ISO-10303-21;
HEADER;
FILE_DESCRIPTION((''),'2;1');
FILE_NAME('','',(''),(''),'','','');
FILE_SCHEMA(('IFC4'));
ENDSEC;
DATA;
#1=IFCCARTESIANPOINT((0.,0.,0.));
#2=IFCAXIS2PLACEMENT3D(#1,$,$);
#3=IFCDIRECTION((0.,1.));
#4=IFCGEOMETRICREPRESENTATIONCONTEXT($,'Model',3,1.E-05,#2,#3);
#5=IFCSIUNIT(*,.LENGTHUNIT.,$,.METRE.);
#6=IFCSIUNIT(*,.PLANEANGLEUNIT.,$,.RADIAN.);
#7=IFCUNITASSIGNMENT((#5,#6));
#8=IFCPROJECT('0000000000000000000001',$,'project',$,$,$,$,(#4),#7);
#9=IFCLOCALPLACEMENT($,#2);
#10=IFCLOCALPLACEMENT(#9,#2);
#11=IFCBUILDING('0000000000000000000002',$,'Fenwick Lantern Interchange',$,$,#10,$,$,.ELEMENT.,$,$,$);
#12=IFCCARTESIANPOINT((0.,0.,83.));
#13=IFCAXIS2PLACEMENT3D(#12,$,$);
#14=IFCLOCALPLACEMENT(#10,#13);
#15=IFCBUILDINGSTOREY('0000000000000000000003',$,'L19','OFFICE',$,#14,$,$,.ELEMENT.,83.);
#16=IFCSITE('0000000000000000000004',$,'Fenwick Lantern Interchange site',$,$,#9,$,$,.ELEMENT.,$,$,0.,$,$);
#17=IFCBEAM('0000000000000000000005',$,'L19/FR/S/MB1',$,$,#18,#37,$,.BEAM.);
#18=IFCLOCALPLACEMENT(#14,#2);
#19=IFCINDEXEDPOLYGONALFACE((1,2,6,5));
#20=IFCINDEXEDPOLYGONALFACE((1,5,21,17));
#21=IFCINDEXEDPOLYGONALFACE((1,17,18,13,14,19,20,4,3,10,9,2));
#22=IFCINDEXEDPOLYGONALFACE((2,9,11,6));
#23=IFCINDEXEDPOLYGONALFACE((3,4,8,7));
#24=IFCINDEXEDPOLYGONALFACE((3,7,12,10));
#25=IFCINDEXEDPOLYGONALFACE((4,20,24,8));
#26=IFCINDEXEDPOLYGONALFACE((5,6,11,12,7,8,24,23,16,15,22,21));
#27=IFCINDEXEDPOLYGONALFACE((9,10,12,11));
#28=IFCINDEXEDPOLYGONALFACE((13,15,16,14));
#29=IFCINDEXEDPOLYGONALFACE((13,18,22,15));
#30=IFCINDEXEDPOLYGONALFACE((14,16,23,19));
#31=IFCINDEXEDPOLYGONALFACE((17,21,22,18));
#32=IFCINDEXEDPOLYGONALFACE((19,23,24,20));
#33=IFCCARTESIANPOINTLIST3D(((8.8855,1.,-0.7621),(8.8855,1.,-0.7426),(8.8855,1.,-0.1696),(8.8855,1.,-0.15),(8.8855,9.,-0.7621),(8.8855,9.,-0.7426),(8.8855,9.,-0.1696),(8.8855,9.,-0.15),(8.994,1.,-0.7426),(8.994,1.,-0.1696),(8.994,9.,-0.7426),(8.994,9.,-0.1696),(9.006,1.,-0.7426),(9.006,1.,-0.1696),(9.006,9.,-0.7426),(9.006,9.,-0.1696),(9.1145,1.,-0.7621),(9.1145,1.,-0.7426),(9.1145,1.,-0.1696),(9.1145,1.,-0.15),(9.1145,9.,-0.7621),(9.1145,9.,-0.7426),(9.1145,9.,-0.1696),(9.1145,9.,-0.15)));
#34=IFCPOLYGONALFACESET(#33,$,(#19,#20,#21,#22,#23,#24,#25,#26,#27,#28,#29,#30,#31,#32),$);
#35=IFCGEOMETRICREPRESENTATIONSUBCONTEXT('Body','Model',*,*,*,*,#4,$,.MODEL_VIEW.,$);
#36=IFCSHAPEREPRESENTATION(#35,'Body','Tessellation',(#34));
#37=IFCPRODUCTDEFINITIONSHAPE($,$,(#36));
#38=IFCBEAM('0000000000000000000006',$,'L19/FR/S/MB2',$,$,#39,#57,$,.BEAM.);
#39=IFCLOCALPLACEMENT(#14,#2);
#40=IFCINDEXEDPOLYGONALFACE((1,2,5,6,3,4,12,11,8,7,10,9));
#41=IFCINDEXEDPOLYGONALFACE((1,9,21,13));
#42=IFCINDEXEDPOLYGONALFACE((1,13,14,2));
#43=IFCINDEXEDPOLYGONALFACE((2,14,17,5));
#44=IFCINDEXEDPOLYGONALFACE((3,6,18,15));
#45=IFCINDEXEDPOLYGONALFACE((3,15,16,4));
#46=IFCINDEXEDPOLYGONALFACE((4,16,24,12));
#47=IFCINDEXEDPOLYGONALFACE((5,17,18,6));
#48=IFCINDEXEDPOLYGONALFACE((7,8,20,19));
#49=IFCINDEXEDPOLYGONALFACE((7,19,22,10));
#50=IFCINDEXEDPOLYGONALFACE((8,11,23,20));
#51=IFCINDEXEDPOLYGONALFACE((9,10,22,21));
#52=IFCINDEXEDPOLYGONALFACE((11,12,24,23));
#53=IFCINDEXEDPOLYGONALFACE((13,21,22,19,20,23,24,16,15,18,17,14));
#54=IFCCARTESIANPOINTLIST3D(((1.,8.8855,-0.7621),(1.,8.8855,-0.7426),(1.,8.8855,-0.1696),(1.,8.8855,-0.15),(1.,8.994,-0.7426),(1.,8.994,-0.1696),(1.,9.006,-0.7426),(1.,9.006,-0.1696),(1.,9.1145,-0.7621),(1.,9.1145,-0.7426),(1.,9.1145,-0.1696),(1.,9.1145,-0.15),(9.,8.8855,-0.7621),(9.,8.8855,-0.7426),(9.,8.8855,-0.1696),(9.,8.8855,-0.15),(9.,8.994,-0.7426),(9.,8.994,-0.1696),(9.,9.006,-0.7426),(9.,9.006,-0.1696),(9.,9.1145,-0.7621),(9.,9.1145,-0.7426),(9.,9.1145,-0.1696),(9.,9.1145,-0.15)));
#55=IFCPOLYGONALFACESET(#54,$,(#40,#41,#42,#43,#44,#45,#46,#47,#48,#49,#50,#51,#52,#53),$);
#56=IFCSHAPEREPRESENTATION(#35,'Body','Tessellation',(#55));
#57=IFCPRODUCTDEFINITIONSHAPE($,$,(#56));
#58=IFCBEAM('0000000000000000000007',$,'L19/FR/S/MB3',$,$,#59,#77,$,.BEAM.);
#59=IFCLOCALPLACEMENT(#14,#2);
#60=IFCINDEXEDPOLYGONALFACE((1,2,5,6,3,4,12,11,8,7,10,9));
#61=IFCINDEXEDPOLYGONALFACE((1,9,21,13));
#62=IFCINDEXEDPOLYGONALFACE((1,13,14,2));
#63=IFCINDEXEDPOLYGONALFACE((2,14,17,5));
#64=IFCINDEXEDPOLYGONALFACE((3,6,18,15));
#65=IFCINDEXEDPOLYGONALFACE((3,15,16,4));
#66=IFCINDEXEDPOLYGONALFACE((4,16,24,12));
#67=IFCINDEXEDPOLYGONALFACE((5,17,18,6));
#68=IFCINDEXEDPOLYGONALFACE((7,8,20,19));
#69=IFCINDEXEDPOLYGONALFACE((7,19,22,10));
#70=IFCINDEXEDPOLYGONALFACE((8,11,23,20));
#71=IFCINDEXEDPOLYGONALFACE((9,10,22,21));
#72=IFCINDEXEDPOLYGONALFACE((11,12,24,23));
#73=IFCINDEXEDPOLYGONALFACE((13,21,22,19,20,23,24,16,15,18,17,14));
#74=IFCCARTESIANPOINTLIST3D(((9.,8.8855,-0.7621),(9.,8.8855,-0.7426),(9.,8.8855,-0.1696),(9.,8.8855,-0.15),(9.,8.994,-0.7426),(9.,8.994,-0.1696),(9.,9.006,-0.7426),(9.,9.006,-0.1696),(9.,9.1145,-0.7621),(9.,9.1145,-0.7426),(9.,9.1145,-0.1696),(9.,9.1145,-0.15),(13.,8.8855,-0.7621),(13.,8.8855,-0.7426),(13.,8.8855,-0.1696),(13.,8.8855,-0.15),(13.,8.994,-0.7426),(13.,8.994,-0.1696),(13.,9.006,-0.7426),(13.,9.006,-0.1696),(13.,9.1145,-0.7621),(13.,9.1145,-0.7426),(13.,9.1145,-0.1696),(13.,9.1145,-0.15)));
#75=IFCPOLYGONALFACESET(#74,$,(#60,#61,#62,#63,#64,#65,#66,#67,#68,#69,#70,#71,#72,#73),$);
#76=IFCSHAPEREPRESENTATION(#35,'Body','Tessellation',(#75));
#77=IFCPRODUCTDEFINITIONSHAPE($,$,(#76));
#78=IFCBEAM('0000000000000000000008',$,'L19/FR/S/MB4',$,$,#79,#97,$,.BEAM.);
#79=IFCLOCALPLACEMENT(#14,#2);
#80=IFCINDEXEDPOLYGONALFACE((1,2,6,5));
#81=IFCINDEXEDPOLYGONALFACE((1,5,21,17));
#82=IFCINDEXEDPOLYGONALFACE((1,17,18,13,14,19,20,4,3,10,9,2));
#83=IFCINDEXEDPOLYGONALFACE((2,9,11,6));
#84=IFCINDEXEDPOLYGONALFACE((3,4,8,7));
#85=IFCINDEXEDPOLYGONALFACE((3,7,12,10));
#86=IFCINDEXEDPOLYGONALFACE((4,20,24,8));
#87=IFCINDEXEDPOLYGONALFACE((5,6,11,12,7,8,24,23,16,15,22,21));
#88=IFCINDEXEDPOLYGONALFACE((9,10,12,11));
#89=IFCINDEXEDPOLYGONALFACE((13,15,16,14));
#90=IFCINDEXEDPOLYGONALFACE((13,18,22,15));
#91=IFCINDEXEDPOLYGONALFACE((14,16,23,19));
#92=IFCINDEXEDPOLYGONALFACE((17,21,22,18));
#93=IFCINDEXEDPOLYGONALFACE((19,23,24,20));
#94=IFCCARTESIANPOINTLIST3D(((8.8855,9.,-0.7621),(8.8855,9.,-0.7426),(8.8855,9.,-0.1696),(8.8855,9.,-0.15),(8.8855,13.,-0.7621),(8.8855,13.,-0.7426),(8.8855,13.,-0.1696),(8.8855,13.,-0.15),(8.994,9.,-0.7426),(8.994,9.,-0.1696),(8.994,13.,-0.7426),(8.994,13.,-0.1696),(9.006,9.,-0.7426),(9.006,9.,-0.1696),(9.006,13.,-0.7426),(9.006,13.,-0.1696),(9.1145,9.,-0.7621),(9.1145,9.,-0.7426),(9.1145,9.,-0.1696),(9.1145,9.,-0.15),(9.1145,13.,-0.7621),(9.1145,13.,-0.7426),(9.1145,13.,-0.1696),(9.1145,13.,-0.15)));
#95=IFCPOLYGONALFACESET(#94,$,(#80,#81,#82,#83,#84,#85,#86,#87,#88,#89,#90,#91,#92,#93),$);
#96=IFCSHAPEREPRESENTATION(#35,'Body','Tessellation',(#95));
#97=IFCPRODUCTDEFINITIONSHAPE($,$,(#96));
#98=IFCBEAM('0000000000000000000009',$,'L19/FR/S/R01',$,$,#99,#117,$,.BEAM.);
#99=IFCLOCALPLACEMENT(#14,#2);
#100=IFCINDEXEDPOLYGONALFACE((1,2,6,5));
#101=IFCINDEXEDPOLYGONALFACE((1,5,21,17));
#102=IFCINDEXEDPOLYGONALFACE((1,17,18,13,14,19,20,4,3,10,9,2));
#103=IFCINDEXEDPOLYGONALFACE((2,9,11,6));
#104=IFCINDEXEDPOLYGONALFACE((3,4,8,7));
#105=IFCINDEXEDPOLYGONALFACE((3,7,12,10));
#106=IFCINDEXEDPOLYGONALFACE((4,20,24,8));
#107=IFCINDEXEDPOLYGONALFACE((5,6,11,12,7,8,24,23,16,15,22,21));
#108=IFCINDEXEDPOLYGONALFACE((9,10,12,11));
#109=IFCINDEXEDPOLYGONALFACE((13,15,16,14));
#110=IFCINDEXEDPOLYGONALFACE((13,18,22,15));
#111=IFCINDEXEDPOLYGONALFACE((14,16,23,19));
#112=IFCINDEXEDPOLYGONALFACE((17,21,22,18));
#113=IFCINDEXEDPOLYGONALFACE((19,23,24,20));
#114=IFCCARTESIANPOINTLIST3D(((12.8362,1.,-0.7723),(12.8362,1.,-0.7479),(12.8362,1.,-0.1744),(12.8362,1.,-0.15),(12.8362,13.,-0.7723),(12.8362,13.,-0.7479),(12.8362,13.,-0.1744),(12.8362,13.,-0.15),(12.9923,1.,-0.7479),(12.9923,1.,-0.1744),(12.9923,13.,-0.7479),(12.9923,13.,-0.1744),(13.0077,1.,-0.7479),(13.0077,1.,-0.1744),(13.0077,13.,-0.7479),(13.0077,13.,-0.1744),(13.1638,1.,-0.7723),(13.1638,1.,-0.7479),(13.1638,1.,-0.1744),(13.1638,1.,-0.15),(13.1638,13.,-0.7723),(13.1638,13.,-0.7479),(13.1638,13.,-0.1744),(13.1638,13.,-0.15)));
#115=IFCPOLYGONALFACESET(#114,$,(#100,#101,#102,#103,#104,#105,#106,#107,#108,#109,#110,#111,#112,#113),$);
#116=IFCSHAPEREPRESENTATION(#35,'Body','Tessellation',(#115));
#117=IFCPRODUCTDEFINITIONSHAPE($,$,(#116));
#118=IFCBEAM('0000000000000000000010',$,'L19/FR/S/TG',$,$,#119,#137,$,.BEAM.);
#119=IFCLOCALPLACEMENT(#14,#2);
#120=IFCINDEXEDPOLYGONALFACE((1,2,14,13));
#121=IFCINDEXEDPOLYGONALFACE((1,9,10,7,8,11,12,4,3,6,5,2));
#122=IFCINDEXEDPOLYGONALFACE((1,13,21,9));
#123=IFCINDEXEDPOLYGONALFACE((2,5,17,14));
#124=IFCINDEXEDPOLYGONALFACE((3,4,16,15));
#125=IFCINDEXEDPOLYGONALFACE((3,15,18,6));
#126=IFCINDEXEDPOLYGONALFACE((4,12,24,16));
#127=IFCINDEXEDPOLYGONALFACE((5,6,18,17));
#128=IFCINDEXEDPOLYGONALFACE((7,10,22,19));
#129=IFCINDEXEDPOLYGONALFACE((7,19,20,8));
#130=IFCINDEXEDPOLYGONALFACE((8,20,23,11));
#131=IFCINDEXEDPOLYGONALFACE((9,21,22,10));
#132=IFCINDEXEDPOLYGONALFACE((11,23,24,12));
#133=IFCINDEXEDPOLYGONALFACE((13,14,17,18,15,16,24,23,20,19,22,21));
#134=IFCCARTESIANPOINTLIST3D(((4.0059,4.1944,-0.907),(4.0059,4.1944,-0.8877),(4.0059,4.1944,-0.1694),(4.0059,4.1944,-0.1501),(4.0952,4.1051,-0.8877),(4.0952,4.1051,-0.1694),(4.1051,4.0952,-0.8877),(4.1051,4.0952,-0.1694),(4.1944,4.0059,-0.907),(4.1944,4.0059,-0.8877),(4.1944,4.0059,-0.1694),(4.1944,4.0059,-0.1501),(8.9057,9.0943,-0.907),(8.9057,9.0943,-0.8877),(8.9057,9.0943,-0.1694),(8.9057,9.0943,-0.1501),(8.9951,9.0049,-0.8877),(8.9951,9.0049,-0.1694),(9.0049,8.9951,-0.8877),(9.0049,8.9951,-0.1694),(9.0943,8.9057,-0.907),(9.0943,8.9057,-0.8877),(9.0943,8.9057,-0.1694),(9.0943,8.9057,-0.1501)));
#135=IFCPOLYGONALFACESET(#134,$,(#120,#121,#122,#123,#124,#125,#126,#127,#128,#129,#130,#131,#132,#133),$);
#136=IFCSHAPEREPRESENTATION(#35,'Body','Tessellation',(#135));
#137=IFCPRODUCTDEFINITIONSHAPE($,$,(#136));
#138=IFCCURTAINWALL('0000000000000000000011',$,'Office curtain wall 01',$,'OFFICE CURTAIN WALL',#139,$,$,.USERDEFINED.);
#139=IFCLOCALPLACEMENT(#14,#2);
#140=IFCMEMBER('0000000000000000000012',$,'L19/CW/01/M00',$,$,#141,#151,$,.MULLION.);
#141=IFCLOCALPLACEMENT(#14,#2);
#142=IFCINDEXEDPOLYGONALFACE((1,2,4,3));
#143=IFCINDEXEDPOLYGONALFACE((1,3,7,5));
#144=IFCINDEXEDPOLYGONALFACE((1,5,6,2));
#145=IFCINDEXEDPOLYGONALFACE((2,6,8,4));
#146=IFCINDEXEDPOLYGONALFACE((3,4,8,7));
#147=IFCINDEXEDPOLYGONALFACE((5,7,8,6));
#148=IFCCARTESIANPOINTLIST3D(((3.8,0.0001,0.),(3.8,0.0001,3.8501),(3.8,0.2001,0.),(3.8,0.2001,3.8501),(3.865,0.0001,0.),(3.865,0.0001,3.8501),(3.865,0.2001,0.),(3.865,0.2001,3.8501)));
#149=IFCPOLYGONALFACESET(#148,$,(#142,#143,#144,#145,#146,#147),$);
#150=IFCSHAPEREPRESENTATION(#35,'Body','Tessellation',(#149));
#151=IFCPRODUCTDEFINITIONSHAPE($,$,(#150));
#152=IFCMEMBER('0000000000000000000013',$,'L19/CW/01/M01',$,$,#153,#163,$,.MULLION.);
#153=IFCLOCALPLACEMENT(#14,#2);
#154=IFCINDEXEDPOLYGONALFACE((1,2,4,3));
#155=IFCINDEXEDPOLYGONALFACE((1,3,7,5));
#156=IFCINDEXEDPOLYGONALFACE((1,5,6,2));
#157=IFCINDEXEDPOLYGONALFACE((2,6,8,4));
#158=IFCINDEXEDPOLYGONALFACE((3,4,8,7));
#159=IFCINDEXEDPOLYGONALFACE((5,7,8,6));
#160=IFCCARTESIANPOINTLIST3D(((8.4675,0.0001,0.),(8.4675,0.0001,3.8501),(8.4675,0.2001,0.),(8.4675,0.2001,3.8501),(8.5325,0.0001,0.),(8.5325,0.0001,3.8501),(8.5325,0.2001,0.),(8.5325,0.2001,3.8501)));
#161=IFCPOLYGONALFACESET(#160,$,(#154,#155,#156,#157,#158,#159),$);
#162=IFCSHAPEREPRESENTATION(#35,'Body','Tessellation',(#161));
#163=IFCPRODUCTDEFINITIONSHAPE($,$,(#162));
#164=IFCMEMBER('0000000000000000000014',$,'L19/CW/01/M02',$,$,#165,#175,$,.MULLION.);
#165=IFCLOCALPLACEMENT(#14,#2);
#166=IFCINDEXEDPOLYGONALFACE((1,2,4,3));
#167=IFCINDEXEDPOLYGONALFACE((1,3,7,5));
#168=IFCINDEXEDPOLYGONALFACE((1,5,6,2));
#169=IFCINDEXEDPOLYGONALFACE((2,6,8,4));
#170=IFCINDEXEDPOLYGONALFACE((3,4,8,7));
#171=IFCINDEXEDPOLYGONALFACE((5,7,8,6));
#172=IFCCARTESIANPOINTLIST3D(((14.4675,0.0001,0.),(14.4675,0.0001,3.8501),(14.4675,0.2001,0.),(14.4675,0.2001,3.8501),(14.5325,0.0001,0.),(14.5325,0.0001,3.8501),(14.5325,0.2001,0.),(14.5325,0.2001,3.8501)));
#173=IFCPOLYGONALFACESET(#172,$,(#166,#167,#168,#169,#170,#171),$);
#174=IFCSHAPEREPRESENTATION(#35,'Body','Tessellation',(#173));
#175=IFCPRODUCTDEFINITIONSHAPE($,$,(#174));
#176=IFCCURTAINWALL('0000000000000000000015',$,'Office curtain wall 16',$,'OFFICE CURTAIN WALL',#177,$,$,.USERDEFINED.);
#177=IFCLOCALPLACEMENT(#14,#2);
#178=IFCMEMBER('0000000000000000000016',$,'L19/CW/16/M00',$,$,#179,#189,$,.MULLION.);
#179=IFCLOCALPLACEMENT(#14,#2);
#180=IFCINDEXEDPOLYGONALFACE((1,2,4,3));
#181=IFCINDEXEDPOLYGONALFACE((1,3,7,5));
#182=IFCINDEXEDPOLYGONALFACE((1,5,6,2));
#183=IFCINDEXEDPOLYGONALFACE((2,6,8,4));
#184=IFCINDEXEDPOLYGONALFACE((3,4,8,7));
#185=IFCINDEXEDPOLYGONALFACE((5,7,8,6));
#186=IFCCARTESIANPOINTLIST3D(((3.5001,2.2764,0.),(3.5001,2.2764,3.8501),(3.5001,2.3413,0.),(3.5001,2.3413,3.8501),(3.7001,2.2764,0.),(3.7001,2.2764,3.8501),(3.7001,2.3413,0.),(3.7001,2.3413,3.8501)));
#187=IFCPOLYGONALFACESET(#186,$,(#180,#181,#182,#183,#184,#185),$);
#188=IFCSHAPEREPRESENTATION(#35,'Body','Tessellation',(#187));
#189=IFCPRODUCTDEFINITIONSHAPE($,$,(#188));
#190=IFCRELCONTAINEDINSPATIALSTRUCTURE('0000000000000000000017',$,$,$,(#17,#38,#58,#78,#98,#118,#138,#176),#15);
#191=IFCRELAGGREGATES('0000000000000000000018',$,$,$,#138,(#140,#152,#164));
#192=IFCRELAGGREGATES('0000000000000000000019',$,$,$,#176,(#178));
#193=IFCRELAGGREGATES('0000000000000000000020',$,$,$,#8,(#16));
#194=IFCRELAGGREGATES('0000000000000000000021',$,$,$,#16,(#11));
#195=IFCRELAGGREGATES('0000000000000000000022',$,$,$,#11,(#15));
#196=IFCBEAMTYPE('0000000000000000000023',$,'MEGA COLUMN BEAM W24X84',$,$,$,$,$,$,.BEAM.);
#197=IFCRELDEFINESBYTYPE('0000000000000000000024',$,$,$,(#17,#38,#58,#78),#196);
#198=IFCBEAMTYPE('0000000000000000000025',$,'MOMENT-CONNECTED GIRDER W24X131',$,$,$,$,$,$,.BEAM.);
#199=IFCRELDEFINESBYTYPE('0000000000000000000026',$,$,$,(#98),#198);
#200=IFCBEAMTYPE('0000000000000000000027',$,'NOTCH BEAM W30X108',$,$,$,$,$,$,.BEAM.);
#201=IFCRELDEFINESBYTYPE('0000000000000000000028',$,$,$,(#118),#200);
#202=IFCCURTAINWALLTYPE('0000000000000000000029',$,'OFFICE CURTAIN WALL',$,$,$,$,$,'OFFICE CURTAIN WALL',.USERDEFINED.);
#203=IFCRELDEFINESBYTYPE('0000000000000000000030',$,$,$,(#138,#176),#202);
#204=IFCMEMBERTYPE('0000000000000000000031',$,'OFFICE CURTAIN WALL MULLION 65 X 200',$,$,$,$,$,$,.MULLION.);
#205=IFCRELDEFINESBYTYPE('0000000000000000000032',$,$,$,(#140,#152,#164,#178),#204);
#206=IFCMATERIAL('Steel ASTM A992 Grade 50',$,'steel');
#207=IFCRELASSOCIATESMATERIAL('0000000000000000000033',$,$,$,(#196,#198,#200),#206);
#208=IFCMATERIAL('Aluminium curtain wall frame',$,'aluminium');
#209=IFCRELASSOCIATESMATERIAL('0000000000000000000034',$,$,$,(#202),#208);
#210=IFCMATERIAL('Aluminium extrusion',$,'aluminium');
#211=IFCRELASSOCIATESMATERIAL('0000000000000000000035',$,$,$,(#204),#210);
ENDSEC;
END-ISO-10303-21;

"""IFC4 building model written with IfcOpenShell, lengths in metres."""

from ifc_helpers import new_model, si_unit, direction, frame, origin, origin_2d, place, context, subcontext, project, spatial, rectangle, i_section, extrude, material, material_profile, profile_set, type_object, element, aggregate, save


model = new_model("IFC4")

# Units and contexts
model_context = context("Model", 3, precision=1e-05, world=origin(), true_north=direction((0.0, 1.0)))
body_context = subcontext(model_context, "Body", "Model", "MODEL_VIEW")
ifc_project = project(units=[si_unit("LENGTHUNIT", "METRE"), si_unit("PLANEANGLEUNIT", "RADIAN")], contexts=[model_context])

# Site, building, storey
site_placement = place(None, origin())
site = spatial("IfcSite", under=ifc_project, at=site_placement, Name="Fenwick Lantern Interchange site", CompositionType="ELEMENT", RefElevation=0.0)
building_placement = place(site_placement, origin())
building = spatial("IfcBuilding", under=site, at=building_placement, Name="Fenwick Lantern Interchange", CompositionType="ELEMENT")
storey_placement = place(building_placement, frame((0.0, 0.0, 83.0)))
storey = spatial("IfcBuildingStorey", under=building, at=storey_placement, Name="L19", Description="OFFICE", CompositionType="ELEMENT", Elevation=83.0)

# Beams
ifc_material_1 = material(Name="Steel ASTM A992 Grade 50", Category="steel")
ifc_material_profile_1 = material_profile(ifc_material_1, i_section(OverallWidth=0.229, OverallDepth=0.6121, WebThickness=0.012, FlangeThickness=0.0195, at=origin_2d()), Name="W24X84")
ifc_profile_set_1 = profile_set([ifc_material_profile_1], Name="Steel ASTM A992 Grade 50")
beam_type_1 = type_object("IfcBeamType", Name="MEGA COLUMN BEAM W24X84", PredefinedType="BEAM", material=ifc_profile_set_1)
for number, where, z_axis, x_axis, name in (
    (1, (9.0, 9.0, -0.4561), (0.0, -1.0, 0.0), (1.0, 0.0, 0.0), "L19/FR/S/MB1"),
    (2, (9.0, 9.0, -0.4561), (-1.0, 0.0, 0.0), (0.0, -1.0, 0.0), "L19/FR/S/MB2"),
):
    element("IfcBeam", number, at=place(storey_placement, frame(where, z_axis=z_axis, x_axis=x_axis)), inside=storey, type_object=beam_type_1, Name=name, PredefinedType="BEAM", context=body_context, shape_type="SweptSolid", body=[
        extrude(i_section(OverallWidth=0.229, OverallDepth=0.6121, WebThickness=0.012, FlangeThickness=0.0195, at=origin_2d()), origin(), (0.0, 0.0, 1.0), 8.0),
    ])
for number, where, z_axis, x_axis, name in (
    (3, (9.0, 9.0, -0.4561), (1.0, 0.0, 0.0), (0.0, 1.0, 0.0), "L19/FR/S/MB3"),
    (4, (9.0, 9.0, -0.4561), (0.0, 1.0, 0.0), (-1.0, 0.0, 0.0), "L19/FR/S/MB4"),
):
    element("IfcBeam", number, at=place(storey_placement, frame(where, z_axis=z_axis, x_axis=x_axis)), inside=storey, type_object=beam_type_1, Name=name, PredefinedType="BEAM", context=body_context, shape_type="SweptSolid", body=[
        extrude(i_section(OverallWidth=0.229, OverallDepth=0.6121, WebThickness=0.012, FlangeThickness=0.0195, at=origin_2d()), origin(), (0.0, 0.0, 1.0), 4.0),
    ])
ifc_material_profile_2 = material_profile(ifc_material_1, i_section(OverallWidth=0.3276, OverallDepth=0.6223, WebThickness=0.0154, FlangeThickness=0.0244, at=origin_2d()), Name="W24X131")
ifc_profile_set_2 = profile_set([ifc_material_profile_2], Name="Steel ASTM A992 Grade 50")
beam_type_2 = type_object("IfcBeamType", Name="MOMENT-CONNECTED GIRDER W24X131", PredefinedType="BEAM", material=ifc_profile_set_2)
beam_1_placement = place(storey_placement, frame((13.0, 1.0, -0.4612), z_axis=(0.0, 1.0, 0.0), x_axis=(-1.0, 0.0, 0.0)))
element("IfcBeam", 5, at=beam_1_placement, inside=storey, type_object=beam_type_2, Name="L19/FR/S/R01", PredefinedType="BEAM", context=body_context, shape_type="SweptSolid", body=[
    extrude(i_section(OverallWidth=0.3276, OverallDepth=0.6223, WebThickness=0.0154, FlangeThickness=0.0244, at=origin_2d()), origin(), (0.0, 0.0, 1.0), 12.0),
])
ifc_material_profile_3 = material_profile(ifc_material_1, i_section(OverallWidth=0.2666, OverallDepth=0.7568, WebThickness=0.0139, FlangeThickness=0.0193, at=origin_2d()), Name="W30X108")
ifc_profile_set_3 = profile_set([ifc_material_profile_3], Name="Steel ASTM A992 Grade 50")
beam_type_3 = type_object("IfcBeamType", Name="NOTCH BEAM W30X108", PredefinedType="BEAM", material=ifc_profile_set_3)
beam_2_placement = place(storey_placement, frame((9.0, 9.0, -0.5286), z_axis=(-0.707107, -0.707107, 0.0), x_axis=(0.707107, -0.707107, 0.0)))
element("IfcBeam", 6, at=beam_2_placement, inside=storey, type_object=beam_type_3, Name="L19/FR/S/TG", PredefinedType="BEAM", context=body_context, shape_type="SweptSolid", body=[
    extrude(i_section(OverallWidth=0.2666, OverallDepth=0.7568, WebThickness=0.0139, FlangeThickness=0.0193, at=origin_2d()), origin(), (0.0, 0.0, 1.0), 6.9294),
])

# Curtain walls, members
ifc_material_2 = material(Name="Aluminium curtain wall frame", Category="aluminium")
curtain_wall_type = type_object("IfcCurtainWallType", Name="OFFICE CURTAIN WALL", ElementType="OFFICE CURTAIN WALL", PredefinedType="USERDEFINED", material=ifc_material_2)
curtain_wall_1_placement = place(storey_placement, origin())
curtain_wall_1 = element("IfcCurtainWall", 7, at=curtain_wall_1_placement, inside=storey, type_object=curtain_wall_type, Name="Office curtain wall 01", ObjectType="OFFICE CURTAIN WALL", PredefinedType="USERDEFINED")
ifc_material_3 = material(Name="Aluminium extrusion", Category="aluminium")
ifc_material_profile_4 = material_profile(ifc_material_3, rectangle(XDim=0.2, YDim=0.0649, at=origin_2d()), Name="OFFICE CURTAIN WALL MULLION 65 X 200")
ifc_profile_set_4 = profile_set([ifc_material_profile_4], Name="Aluminium extrusion")
member_type_1 = type_object("IfcMemberType", Name="OFFICE CURTAIN WALL MULLION 65 X 200", PredefinedType="MULLION", material=ifc_profile_set_4)
member_1_placement = place(storey_placement, frame((3.8325, 0.1001, 0.0), z_axis=(0.0, 0.0, 1.0), x_axis=(0.0, 1.0, 0.0)))
member_1 = element("IfcMember", 8, at=member_1_placement, type_object=member_type_1, Name="L19/CW/01/M00", PredefinedType="MULLION", context=body_context, shape_type="SweptSolid", body=[
    extrude(rectangle(XDim=0.2, YDim=0.0649, at=origin_2d()), origin(), (0.0, 0.0, 1.0), 3.8501),
])
member_2_placement = place(storey_placement, frame((8.5, 0.1001, 0.0), z_axis=(0.0, 0.0, 1.0), x_axis=(0.0, 1.0, 0.0)))
member_2 = element("IfcMember", 9, at=member_2_placement, type_object=member_type_1, Name="L19/CW/01/M01", PredefinedType="MULLION", context=body_context, shape_type="SweptSolid", body=[
    extrude(rectangle(XDim=0.2, YDim=0.0649, at=origin_2d()), origin(), (0.0, 0.0, 1.0), 3.8501),
])
member_3_placement = place(storey_placement, frame((14.5, 0.1001, 0.0), z_axis=(0.0, 0.0, 1.0), x_axis=(0.0, 1.0, 0.0)))
member_3 = element("IfcMember", 10, at=member_3_placement, type_object=member_type_1, Name="L19/CW/01/M02", PredefinedType="MULLION", context=body_context, shape_type="SweptSolid", body=[
    extrude(rectangle(XDim=0.2, YDim=0.0649, at=origin_2d()), origin(), (0.0, 0.0, 1.0), 3.8501),
])
curtain_wall_2_placement = place(storey_placement, origin())
curtain_wall_2 = element("IfcCurtainWall", 11, at=curtain_wall_2_placement, inside=storey, type_object=curtain_wall_type, Name="Office curtain wall 16", ObjectType="OFFICE CURTAIN WALL", PredefinedType="USERDEFINED")
member_4_placement = place(storey_placement, frame((3.6001, 2.3088, 0.0), z_axis=(0.0, 0.0, 1.0), x_axis=(1.0, 0.0, 0.0)))
member_4 = element("IfcMember", 12, at=member_4_placement, type_object=member_type_1, Name="L19/CW/16/M00", PredefinedType="MULLION", context=body_context, shape_type="SweptSolid", body=[
    extrude(rectangle(XDim=0.2, YDim=0.0649, at=origin_2d()), origin(), (0.0, 0.0, 1.0), 3.8501),
])

aggregate(curtain_wall_1, [member_1, member_2, member_3])

aggregate(curtain_wall_2, [member_4])

save(model, "model.ifc")
